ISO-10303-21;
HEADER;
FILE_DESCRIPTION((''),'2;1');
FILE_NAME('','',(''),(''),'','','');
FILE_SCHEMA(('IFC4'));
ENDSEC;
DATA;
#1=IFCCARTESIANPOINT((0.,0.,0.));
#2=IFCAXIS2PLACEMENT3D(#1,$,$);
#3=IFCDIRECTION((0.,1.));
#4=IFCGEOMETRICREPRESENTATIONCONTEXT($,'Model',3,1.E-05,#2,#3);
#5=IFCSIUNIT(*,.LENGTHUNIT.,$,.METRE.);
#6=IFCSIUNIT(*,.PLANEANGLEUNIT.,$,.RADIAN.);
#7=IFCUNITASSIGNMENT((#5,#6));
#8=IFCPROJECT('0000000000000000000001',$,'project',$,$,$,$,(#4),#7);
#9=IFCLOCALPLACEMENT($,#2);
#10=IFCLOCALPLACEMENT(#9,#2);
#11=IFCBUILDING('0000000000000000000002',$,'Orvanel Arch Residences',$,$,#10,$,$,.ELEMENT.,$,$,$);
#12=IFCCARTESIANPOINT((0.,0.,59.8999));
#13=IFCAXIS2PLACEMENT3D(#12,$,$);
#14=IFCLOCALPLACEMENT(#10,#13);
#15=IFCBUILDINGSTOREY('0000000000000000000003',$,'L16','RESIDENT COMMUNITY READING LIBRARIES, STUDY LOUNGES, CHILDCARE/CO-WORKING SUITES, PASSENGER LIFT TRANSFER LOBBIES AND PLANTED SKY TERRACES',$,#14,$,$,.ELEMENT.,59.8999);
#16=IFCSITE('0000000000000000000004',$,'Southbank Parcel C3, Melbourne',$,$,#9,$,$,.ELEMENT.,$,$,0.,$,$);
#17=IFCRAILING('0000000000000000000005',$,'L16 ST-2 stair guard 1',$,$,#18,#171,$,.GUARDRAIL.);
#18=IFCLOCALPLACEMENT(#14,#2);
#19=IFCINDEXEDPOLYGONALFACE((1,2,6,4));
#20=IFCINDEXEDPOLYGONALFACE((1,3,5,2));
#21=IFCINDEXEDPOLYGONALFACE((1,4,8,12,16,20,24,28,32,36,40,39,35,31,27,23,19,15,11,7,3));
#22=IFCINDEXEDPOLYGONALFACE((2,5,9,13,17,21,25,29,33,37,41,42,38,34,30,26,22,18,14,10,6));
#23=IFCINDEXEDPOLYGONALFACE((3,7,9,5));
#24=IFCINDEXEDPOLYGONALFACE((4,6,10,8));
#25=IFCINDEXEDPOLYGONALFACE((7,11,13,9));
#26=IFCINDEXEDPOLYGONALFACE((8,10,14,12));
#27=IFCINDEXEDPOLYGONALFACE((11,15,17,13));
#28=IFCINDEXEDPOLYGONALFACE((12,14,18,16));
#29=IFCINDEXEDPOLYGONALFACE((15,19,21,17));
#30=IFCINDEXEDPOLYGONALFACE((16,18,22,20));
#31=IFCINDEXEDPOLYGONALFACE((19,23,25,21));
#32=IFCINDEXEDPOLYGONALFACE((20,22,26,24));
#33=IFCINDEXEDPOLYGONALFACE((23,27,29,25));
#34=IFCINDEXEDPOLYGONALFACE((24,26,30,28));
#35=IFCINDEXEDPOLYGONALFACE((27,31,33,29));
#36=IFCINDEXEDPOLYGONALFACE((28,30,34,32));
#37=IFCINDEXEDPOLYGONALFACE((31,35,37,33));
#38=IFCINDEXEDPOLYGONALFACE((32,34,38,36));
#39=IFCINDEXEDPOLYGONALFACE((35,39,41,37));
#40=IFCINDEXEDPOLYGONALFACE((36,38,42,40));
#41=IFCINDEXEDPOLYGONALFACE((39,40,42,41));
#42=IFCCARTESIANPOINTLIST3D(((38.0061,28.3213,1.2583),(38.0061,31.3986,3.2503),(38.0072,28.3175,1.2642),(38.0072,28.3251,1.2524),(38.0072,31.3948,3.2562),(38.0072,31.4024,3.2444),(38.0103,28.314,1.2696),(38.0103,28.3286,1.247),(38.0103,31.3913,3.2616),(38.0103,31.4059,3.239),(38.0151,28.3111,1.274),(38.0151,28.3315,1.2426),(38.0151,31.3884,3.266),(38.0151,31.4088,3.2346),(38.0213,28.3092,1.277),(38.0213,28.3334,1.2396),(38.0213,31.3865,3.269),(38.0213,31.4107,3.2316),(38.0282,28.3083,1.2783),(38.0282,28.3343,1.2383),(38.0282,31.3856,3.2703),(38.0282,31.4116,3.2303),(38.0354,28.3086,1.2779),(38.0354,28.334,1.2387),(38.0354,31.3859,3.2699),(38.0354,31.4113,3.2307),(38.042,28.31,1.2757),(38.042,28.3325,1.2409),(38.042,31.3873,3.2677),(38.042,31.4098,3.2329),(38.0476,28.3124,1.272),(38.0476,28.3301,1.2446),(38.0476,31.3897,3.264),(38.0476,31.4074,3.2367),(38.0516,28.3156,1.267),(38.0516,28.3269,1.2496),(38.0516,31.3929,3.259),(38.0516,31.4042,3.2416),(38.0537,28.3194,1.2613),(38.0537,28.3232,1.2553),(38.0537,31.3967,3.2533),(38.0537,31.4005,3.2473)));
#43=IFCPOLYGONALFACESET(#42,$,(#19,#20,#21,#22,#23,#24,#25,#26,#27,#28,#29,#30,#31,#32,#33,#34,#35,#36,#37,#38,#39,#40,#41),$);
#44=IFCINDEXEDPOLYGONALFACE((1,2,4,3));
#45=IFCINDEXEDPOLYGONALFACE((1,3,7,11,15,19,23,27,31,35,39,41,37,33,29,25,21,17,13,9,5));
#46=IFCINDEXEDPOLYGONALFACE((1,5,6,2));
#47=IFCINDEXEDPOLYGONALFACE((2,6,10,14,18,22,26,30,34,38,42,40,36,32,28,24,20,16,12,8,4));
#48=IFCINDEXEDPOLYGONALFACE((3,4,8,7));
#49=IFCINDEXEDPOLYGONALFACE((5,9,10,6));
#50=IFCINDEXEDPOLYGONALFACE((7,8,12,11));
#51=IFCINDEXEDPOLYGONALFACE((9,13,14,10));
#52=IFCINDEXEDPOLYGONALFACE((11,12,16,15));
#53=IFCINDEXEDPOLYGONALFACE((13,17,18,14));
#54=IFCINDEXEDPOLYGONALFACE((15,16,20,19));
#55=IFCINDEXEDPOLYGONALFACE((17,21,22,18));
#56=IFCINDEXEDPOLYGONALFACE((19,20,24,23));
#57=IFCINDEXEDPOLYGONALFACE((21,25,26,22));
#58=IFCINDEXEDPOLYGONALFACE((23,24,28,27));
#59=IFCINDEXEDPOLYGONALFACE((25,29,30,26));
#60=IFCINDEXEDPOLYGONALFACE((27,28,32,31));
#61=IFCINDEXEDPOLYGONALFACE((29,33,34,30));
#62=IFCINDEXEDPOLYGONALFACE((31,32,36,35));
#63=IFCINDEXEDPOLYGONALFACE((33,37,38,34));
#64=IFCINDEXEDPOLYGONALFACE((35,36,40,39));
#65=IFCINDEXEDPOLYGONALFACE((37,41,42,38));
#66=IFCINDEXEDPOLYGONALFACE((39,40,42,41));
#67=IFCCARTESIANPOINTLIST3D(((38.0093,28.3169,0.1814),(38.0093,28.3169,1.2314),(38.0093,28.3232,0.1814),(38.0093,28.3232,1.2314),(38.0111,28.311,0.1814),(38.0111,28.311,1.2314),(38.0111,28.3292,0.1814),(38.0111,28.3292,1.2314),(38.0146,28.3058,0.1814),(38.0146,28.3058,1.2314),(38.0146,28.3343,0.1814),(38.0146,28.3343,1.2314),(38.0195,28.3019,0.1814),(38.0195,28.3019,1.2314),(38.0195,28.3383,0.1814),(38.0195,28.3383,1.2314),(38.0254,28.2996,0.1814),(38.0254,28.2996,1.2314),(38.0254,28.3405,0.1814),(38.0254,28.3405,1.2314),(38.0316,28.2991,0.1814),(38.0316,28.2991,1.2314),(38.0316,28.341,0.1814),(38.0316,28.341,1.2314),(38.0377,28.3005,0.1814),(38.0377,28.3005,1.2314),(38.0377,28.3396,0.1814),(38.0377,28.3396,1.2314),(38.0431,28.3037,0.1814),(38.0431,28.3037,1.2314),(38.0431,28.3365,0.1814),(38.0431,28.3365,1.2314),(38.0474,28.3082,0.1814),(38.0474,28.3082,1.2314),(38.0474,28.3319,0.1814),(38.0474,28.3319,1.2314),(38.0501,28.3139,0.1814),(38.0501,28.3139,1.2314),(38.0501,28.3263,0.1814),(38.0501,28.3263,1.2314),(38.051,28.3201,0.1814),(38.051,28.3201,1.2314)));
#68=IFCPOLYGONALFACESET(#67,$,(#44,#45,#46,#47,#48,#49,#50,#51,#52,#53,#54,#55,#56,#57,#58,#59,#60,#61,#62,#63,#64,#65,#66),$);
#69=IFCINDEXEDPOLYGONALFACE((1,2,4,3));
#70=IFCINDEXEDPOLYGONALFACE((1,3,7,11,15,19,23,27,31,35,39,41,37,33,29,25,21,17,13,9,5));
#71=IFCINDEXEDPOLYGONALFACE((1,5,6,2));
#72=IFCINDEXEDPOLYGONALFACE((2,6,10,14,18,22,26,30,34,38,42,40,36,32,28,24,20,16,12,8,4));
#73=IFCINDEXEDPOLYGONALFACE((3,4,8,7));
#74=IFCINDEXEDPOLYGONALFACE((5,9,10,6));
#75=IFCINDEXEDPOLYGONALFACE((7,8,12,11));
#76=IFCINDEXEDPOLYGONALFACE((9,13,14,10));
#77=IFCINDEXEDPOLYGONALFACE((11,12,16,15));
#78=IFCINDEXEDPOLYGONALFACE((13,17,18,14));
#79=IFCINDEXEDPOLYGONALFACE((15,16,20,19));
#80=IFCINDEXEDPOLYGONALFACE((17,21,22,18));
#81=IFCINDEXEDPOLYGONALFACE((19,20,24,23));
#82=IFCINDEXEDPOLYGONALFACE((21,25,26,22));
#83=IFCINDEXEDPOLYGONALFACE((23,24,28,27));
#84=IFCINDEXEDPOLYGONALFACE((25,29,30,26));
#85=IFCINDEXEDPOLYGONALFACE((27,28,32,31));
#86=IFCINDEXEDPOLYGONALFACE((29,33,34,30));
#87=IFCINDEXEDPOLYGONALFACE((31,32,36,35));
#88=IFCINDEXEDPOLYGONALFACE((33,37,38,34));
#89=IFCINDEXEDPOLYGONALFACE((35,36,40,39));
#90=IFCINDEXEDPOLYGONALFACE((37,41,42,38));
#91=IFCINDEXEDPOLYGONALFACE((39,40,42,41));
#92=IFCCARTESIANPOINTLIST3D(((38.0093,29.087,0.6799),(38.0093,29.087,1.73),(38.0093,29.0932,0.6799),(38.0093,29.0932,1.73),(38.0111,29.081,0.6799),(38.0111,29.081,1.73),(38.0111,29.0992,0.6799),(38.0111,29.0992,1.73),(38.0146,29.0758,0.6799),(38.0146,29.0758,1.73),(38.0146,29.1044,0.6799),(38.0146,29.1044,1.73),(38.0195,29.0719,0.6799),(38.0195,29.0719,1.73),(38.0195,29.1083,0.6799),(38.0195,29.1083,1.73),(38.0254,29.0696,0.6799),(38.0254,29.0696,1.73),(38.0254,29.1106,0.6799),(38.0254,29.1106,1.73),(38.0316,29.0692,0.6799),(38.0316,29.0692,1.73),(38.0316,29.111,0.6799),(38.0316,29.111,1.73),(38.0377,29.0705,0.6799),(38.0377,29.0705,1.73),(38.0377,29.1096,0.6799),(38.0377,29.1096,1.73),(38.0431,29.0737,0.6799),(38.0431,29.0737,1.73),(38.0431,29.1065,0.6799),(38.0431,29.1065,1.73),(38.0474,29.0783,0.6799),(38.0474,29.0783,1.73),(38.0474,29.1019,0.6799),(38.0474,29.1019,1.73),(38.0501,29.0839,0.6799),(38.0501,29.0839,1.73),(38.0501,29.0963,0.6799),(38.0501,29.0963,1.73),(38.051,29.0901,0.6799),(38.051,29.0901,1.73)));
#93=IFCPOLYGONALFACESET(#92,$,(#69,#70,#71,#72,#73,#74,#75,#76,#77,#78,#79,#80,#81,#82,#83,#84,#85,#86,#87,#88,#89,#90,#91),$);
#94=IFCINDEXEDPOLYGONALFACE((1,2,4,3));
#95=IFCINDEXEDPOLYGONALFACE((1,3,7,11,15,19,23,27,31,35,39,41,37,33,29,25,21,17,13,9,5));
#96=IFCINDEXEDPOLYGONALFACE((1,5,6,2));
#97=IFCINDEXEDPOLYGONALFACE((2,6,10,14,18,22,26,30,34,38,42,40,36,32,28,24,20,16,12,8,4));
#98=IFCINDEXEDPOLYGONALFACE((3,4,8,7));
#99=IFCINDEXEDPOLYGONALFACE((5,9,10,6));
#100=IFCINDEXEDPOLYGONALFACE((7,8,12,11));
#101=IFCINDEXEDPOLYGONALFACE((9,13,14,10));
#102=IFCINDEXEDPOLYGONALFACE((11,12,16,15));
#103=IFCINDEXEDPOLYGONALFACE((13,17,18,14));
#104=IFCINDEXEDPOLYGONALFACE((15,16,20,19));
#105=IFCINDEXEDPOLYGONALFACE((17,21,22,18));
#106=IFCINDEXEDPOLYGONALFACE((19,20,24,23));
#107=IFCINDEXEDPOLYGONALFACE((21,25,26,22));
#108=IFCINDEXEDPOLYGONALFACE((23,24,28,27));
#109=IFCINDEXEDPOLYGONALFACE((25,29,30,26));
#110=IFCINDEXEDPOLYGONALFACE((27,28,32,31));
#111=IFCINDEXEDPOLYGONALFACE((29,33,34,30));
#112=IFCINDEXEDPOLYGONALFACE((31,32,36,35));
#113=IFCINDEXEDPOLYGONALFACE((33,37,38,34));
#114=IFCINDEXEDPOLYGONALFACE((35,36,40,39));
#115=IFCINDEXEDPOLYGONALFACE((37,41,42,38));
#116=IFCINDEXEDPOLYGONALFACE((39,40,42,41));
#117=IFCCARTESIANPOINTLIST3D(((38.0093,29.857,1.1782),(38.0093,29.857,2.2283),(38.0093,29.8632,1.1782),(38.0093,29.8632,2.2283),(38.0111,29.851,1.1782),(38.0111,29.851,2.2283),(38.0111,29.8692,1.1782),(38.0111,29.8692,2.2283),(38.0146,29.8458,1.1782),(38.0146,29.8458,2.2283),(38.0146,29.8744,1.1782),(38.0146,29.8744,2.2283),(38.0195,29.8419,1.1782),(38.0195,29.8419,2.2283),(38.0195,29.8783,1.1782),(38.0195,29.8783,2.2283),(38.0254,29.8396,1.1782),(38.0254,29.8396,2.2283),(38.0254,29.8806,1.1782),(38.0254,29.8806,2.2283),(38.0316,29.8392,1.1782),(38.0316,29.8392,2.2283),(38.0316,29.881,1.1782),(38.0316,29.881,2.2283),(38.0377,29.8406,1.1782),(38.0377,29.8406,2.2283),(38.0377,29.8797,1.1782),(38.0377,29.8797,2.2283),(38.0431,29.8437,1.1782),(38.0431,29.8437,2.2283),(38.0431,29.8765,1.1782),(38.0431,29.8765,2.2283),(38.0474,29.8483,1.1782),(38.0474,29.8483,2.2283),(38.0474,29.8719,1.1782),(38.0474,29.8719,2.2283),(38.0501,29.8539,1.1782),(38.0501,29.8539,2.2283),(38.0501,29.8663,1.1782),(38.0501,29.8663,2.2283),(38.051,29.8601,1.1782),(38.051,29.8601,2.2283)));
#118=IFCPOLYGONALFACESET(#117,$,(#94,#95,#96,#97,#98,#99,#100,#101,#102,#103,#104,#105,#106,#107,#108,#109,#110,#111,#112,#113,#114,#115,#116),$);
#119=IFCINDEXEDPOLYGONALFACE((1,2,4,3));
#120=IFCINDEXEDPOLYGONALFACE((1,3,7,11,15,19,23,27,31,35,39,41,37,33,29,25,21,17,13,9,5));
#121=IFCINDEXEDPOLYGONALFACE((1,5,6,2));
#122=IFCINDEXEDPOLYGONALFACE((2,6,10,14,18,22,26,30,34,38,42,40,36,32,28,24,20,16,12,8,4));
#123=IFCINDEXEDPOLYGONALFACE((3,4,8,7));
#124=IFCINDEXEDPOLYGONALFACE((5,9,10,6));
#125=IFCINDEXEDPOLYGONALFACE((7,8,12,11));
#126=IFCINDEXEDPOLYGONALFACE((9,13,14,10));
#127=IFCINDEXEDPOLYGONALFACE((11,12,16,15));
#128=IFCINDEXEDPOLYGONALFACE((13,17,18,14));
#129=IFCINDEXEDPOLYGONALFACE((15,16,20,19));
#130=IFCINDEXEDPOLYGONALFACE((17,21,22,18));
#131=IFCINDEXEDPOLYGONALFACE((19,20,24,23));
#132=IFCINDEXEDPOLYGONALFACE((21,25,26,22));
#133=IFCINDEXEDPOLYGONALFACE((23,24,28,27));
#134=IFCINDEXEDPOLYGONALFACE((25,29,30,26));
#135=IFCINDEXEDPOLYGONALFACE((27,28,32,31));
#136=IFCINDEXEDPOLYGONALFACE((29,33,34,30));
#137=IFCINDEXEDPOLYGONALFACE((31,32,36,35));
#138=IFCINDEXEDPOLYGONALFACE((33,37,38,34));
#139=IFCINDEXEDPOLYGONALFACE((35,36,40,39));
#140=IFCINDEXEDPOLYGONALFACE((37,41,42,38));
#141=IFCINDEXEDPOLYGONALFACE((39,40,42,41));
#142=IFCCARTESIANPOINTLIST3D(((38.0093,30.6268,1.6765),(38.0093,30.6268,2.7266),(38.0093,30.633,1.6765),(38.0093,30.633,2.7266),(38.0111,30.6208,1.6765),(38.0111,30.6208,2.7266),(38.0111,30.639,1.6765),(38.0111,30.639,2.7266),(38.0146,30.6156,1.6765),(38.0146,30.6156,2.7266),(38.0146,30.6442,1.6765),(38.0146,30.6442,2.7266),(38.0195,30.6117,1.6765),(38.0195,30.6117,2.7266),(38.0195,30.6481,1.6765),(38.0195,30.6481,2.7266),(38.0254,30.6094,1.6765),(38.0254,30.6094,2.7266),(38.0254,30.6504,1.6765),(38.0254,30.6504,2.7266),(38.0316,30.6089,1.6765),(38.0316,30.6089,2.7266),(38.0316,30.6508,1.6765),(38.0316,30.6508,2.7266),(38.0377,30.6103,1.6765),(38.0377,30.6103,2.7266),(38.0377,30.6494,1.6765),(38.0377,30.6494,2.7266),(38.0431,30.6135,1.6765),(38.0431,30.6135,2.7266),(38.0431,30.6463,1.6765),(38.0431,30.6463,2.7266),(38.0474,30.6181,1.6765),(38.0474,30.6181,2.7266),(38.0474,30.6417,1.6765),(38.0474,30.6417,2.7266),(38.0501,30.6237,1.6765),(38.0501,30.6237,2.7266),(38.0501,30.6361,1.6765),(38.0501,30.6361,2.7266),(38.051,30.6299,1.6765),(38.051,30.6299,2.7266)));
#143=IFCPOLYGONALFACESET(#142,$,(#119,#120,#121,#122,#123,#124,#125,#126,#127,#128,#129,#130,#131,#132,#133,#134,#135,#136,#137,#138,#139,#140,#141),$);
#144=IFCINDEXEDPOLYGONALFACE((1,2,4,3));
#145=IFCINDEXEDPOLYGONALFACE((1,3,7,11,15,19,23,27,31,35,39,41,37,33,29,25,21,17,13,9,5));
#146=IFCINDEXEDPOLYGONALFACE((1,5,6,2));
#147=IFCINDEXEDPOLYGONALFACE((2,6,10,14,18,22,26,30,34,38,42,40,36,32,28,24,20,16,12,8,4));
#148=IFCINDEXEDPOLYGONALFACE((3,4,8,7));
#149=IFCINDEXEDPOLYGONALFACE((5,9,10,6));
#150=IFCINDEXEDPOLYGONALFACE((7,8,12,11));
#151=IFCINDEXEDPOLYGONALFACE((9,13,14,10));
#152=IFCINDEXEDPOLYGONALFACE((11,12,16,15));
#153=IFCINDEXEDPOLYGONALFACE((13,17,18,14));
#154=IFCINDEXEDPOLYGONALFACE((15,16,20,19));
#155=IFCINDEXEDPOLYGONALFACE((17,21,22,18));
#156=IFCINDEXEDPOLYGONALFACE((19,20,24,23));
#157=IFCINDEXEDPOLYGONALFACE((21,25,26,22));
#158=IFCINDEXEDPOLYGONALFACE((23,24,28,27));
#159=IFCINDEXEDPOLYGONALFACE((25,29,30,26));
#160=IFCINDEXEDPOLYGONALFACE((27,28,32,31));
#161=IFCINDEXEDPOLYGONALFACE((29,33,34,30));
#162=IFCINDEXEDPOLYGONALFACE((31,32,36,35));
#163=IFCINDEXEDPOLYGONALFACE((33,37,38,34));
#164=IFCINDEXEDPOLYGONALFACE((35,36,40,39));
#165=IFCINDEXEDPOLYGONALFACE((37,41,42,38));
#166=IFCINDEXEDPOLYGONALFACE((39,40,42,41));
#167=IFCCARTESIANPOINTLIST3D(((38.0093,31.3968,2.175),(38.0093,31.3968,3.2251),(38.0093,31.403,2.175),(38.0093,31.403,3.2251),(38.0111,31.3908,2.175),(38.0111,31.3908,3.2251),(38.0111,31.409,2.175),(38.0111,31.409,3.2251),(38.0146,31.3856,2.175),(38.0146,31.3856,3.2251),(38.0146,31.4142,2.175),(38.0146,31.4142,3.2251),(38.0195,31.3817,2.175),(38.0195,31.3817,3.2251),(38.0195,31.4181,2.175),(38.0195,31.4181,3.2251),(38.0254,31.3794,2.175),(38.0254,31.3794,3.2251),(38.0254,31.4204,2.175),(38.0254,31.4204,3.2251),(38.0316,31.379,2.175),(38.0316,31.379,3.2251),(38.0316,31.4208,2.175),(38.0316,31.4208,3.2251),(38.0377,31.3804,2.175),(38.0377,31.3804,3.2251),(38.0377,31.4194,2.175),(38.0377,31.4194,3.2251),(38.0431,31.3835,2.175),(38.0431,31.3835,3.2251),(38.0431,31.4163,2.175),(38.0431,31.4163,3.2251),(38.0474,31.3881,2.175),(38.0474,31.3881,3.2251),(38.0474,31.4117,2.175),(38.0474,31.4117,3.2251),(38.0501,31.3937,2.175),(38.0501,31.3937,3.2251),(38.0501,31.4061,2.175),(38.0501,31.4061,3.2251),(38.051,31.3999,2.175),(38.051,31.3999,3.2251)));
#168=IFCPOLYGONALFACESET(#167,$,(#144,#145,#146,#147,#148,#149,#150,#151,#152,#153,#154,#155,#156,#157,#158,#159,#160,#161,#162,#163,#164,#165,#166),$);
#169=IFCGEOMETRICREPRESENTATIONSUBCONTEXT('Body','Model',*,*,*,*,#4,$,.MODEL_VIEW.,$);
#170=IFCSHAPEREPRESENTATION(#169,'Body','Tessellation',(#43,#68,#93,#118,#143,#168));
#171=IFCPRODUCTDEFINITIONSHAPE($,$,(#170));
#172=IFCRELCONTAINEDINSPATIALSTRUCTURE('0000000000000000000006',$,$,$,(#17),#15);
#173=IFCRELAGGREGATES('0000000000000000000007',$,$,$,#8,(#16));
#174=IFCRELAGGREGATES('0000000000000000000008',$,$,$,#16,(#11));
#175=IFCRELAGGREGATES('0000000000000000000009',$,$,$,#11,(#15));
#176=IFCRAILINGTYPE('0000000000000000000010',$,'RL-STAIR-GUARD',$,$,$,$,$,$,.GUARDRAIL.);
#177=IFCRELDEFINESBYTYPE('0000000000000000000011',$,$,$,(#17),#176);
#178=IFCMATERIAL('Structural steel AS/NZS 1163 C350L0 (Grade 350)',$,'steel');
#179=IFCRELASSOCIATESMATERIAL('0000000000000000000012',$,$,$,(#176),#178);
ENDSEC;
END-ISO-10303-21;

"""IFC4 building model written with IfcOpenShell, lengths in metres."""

from ifc_helpers import new_model, si_unit, direction, frame, origin, origin_2d, place, context, subcontext, project, spatial, circle, extrude, material, type_object, element, save


model = new_model("IFC4")

# Units and contexts
model_context = context("Model", 3, precision=1e-05, world=origin(), true_north=direction((0.0, 1.0)))
body_context = subcontext(model_context, "Body", "Model", "MODEL_VIEW")
ifc_project = project(units=[si_unit("LENGTHUNIT", "METRE"), si_unit("PLANEANGLEUNIT", "RADIAN")], contexts=[model_context])

# Site, building, storey
site_placement = place(None, origin())
site = spatial("IfcSite", under=ifc_project, at=site_placement, Name="Southbank Parcel C3, Melbourne", CompositionType="ELEMENT", RefElevation=0.0)
building_placement = place(site_placement, origin())
building = spatial("IfcBuilding", under=site, at=building_placement, Name="Orvanel Arch Residences", CompositionType="ELEMENT")
storey_placement = place(building_placement, frame((0.0, 0.0, 59.8999)))
storey = spatial("IfcBuildingStorey", under=building, at=storey_placement, Name="L16", Description="RESIDENT COMMUNITY READING LIBRARIES, STUDY LOUNGES, CHILDCARE/CO-WORKING SUITES, PASSENGER LIFT TRANSFER LOBBIES AND PLANTED SKY TERRACES", CompositionType="ELEMENT", Elevation=59.8999)

# Railing
ifc_material_1 = material(Name="Structural steel AS/NZS 1163 C350L0 (Grade 350)", Category="steel")
railing_type_1 = type_object("IfcRailingType", Name="RL-STAIR-GUARD", PredefinedType="GUARDRAIL", material=ifc_material_1)
railing_1_placement = place(storey_placement, frame((38.03, 28.3201, 0.1814)))
element("IfcRailing", 1, at=railing_1_placement, inside=storey, type_object=railing_type_1, Name="L16 ST-2 stair guard 1", PredefinedType="GUARDRAIL", context=body_context, shape_type="SweptSolid", body=[
    extrude(circle(Radius=0.0239, at=origin_2d()), frame((0.0, 0.0012, 1.0769), z_axis=(0.0, 0.839468, 0.543409), x_axis=(-1.0, 0.0, 0.0)), (0.0, 0.0, 1.0), 3.6658),
    extrude(circle(Radius=0.021, at=origin_2d()), origin(), (0.0, 0.0, 1.0), 1.05),
    extrude(circle(Radius=0.021, at=origin_2d()), frame((0.0, 0.77, 0.4985)), (0.0, 0.0, 1.0), 1.05),
    extrude(circle(Radius=0.021, at=origin_2d()), frame((0.0, 1.54, 0.9968)), (0.0, 0.0, 1.0), 1.05),
    extrude(circle(Radius=0.021, at=origin_2d()), frame((0.0, 2.3098, 1.4951)), (0.0, 0.0, 1.0), 1.05),
    extrude(circle(Radius=0.021, at=origin_2d()), frame((0.0, 3.0798, 1.9937)), (0.0, 0.0, 1.0), 1.05),
])

save(model, "model.ifc")
